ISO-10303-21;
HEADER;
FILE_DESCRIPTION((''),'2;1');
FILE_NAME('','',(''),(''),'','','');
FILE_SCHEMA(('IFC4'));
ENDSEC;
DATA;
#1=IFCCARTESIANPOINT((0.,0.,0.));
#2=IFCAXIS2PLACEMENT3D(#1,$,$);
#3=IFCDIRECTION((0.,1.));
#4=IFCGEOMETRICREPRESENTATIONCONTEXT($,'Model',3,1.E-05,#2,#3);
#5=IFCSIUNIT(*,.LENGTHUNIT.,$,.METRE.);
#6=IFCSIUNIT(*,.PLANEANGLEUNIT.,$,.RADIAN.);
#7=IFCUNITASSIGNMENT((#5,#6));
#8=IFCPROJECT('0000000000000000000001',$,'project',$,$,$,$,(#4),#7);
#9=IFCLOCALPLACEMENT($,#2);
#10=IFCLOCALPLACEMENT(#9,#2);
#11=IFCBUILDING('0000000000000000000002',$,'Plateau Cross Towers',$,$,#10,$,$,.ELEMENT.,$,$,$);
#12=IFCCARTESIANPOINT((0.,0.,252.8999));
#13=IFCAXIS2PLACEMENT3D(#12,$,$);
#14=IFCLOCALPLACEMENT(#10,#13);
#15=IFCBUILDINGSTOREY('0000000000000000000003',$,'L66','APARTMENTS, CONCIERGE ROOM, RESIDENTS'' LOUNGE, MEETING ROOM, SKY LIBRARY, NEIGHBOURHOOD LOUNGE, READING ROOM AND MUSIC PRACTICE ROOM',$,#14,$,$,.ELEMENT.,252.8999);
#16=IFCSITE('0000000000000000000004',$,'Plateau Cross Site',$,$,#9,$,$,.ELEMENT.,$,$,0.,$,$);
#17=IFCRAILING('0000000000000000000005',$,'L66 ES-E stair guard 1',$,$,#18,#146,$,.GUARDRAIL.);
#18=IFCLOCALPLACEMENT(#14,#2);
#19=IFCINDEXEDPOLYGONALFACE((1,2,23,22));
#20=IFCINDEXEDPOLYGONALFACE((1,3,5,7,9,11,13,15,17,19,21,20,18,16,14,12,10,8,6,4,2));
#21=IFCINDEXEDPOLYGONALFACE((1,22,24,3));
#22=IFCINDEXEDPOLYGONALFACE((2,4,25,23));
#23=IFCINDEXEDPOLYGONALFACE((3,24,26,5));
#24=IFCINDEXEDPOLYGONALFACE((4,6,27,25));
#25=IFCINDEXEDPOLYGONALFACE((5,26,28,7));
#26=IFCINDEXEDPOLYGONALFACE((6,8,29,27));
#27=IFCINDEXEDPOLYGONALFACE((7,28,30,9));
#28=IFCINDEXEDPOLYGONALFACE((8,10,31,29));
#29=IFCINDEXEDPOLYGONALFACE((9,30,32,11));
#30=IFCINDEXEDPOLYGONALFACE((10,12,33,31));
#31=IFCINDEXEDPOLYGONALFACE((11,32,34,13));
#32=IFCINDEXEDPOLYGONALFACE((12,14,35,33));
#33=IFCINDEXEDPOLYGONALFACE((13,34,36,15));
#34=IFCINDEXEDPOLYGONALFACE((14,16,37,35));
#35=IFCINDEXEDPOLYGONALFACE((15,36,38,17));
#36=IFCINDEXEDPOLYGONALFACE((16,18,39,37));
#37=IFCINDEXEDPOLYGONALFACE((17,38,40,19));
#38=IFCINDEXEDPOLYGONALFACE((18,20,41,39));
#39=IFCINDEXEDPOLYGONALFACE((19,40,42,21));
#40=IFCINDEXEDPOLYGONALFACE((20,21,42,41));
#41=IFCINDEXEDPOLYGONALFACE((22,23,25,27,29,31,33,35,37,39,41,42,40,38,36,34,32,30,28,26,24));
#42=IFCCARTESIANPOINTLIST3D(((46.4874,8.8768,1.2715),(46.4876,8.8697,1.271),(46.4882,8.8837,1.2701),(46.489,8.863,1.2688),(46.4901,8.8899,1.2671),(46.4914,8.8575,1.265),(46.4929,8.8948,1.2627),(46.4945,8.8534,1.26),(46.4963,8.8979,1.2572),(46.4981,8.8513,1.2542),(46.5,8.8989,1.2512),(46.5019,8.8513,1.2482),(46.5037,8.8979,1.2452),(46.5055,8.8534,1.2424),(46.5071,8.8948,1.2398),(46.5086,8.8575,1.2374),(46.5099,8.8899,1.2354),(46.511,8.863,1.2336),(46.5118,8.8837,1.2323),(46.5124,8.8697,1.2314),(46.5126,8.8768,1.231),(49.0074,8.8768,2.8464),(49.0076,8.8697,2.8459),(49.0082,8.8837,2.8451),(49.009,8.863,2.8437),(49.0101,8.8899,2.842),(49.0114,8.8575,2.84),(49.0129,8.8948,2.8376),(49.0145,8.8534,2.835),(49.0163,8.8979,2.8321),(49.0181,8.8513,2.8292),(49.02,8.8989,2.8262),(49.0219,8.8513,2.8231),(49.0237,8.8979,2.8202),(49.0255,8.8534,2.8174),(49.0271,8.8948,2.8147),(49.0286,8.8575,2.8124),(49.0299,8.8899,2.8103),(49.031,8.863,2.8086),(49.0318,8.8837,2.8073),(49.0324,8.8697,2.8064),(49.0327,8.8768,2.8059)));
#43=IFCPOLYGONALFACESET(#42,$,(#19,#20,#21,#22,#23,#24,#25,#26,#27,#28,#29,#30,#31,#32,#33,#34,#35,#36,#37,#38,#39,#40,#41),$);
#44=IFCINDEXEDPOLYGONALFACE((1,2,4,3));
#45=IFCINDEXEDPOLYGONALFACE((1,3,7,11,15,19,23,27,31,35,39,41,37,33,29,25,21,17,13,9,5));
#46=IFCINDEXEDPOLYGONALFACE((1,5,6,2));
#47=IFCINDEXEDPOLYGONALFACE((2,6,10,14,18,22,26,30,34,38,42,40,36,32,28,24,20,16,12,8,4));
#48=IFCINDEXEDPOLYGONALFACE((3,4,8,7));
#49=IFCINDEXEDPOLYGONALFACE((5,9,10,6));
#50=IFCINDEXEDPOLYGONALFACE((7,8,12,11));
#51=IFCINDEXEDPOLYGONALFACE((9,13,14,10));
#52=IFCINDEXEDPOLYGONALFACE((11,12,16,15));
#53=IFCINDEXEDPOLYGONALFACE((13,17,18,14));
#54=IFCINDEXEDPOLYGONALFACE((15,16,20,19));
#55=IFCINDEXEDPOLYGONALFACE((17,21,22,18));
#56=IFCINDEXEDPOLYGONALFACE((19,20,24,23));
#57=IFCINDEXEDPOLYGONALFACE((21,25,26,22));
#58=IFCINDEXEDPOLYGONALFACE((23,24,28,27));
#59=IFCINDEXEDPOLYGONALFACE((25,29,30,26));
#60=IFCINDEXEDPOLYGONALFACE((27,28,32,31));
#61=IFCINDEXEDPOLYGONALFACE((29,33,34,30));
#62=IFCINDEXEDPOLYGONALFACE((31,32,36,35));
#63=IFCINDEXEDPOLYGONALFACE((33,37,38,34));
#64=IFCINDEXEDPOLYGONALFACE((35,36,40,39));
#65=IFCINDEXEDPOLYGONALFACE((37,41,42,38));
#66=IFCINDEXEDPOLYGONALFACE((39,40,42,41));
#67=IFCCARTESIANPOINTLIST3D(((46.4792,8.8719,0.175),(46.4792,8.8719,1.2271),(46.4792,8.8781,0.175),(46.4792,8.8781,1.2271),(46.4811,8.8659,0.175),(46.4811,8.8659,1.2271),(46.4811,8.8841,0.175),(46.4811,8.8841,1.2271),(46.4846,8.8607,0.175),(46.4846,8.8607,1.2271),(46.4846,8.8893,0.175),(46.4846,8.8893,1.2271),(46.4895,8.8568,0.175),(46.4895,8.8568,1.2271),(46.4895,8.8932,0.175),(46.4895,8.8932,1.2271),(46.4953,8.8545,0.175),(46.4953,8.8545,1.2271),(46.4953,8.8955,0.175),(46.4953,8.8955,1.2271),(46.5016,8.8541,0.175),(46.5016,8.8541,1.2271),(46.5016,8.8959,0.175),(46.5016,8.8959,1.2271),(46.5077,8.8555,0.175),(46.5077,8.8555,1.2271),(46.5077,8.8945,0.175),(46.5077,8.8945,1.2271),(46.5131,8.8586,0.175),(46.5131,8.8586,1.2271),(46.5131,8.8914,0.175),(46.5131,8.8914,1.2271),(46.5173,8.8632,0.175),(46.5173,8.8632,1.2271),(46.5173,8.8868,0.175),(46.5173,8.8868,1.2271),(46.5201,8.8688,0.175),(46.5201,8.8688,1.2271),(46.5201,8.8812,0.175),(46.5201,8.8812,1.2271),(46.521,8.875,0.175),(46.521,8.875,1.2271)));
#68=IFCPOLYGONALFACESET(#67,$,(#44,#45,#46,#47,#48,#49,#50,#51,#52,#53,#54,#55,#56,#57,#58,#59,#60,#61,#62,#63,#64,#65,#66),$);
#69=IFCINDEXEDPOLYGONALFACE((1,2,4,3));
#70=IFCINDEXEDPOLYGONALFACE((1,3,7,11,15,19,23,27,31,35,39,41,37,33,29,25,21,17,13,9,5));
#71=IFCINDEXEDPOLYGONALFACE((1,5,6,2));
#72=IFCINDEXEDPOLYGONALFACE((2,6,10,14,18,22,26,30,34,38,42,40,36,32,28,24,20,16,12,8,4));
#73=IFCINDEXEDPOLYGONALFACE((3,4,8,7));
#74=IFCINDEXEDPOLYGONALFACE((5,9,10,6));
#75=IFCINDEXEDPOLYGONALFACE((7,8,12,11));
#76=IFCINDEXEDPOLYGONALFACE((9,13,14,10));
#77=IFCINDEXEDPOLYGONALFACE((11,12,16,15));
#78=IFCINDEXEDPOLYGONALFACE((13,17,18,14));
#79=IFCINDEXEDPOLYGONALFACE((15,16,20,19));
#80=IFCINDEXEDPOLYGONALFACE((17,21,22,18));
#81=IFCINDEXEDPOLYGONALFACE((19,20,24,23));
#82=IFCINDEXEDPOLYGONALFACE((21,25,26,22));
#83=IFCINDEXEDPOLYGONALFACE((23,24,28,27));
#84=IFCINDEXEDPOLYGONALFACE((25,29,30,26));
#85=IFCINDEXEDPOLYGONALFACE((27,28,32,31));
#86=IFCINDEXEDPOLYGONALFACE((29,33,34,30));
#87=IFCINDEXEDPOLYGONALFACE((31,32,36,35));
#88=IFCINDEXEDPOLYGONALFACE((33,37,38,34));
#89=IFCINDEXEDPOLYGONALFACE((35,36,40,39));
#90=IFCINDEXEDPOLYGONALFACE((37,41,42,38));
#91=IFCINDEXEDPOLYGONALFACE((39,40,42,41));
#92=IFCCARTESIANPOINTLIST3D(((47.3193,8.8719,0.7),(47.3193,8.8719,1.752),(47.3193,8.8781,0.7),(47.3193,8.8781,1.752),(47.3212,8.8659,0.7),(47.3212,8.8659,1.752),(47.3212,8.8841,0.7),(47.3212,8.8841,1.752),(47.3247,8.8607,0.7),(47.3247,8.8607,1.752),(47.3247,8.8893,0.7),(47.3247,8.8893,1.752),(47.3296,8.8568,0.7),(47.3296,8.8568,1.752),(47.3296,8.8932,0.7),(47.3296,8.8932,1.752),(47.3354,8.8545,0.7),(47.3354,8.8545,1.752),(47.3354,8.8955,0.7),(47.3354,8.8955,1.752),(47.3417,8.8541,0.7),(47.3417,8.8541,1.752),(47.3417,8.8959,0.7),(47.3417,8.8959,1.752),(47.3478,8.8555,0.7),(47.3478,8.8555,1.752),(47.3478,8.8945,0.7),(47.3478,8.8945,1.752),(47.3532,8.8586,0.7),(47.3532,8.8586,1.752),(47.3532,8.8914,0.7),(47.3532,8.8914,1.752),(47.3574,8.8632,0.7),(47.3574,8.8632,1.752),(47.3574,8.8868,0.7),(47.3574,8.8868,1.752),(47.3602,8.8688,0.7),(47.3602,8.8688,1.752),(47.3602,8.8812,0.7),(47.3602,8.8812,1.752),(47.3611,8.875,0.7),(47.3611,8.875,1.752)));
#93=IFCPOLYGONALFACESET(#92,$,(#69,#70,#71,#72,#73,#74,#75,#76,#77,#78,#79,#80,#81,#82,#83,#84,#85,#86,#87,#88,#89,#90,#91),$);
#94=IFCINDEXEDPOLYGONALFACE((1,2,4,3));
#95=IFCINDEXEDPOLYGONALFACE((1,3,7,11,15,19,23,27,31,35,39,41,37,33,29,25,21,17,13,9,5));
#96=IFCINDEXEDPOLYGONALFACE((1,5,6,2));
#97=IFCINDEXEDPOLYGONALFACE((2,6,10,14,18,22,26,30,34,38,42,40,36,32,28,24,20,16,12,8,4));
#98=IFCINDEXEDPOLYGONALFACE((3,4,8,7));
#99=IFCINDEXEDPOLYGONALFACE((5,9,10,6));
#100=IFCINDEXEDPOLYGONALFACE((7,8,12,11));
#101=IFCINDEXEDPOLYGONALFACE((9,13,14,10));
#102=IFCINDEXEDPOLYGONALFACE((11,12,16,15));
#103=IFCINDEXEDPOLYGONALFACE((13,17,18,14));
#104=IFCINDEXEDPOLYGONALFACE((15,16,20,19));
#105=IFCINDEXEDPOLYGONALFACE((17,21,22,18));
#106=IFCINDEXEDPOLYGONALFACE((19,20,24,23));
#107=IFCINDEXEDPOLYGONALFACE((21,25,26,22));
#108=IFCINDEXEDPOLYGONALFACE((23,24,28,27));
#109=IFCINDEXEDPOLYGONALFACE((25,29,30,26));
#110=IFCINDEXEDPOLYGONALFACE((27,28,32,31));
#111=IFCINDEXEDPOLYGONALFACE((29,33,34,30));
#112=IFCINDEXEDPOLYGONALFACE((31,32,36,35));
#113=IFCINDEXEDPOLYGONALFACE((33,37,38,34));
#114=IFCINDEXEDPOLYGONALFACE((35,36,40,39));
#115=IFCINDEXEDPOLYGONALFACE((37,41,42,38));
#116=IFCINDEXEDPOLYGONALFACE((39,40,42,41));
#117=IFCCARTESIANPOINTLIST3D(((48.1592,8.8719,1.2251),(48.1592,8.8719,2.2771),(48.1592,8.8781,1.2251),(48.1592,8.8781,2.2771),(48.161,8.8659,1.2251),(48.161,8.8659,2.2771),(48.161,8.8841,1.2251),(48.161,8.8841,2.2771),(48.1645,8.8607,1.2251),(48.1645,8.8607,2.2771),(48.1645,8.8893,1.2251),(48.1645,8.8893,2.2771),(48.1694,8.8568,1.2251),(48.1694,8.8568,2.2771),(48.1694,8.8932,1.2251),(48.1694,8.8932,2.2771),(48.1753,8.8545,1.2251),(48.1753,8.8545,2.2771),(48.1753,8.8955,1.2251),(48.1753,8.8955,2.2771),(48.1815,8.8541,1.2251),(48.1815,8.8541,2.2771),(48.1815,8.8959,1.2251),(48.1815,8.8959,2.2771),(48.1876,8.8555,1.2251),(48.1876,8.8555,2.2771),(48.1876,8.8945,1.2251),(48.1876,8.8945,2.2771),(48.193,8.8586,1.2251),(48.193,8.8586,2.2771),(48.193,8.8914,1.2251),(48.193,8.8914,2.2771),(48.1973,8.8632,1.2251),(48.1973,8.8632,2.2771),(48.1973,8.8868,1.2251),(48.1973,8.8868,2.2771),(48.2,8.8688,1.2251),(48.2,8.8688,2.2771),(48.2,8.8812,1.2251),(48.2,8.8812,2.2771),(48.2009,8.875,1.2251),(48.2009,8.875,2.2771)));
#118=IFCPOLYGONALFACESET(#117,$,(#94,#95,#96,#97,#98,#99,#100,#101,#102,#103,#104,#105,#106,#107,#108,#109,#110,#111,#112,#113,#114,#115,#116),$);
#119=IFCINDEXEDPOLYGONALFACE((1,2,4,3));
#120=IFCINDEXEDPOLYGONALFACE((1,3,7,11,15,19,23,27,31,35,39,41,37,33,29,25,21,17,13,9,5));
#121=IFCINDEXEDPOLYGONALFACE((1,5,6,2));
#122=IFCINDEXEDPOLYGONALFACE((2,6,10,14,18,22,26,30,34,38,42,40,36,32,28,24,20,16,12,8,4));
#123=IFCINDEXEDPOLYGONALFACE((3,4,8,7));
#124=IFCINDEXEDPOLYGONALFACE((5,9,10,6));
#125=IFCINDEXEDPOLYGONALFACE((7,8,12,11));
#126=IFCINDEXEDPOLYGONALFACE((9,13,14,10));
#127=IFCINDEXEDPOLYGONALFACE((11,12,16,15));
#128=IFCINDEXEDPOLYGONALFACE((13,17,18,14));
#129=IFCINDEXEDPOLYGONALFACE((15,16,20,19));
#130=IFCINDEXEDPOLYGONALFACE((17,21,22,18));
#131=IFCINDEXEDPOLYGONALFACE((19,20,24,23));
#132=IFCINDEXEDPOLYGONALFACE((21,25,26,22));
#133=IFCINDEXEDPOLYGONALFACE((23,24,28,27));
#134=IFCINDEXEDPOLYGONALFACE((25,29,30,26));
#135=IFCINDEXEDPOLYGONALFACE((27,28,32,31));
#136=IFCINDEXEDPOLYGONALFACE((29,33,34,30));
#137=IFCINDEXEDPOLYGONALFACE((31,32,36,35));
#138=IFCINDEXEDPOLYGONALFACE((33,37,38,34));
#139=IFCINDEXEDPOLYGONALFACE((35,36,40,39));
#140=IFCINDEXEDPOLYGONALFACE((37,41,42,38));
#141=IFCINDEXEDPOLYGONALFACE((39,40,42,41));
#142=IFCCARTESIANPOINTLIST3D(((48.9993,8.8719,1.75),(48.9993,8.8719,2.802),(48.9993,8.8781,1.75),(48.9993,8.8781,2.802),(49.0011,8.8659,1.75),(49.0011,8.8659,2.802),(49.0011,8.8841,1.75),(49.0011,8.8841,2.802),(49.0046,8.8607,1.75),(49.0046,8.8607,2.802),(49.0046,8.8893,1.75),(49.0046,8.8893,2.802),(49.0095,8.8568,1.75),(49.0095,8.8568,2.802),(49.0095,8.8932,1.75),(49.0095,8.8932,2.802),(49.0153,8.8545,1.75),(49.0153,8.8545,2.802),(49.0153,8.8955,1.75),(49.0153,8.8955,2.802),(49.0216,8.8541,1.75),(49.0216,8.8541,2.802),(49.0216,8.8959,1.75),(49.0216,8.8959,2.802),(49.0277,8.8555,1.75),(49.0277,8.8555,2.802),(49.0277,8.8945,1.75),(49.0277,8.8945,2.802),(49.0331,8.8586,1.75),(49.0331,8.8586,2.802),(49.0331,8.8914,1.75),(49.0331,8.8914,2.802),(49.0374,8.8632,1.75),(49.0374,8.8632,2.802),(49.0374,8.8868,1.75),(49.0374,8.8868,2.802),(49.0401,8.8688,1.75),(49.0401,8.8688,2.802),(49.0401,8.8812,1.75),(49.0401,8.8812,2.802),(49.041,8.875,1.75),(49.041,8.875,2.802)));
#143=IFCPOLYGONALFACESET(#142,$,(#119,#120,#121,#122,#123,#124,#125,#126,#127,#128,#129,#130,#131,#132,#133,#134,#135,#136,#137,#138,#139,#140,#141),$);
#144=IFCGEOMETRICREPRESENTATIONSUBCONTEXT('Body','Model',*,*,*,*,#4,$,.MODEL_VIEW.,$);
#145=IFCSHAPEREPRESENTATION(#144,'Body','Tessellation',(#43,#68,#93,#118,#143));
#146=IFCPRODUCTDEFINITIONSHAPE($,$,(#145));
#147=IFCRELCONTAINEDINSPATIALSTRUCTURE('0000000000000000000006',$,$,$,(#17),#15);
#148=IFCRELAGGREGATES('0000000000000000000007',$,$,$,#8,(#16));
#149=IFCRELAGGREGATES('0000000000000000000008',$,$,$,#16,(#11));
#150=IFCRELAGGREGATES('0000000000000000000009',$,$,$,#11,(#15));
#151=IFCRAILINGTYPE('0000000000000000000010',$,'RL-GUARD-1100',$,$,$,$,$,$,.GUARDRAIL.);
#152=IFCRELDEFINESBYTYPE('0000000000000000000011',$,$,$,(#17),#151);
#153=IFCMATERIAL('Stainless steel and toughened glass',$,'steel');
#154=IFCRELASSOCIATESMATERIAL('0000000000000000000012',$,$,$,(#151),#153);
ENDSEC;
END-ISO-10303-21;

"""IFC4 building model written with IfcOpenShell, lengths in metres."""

from ifc_helpers import new_model, si_unit, direction, frame, origin, origin_2d, place, context, subcontext, project, spatial, circle, extrude, material, type_object, element, save


model = new_model("IFC4")

# Units and contexts
model_context = context("Model", 3, precision=1e-05, world=origin(), true_north=direction((0.0, 1.0)))
body_context = subcontext(model_context, "Body", "Model", "MODEL_VIEW")
ifc_project = project(units=[si_unit("LENGTHUNIT", "METRE"), si_unit("PLANEANGLEUNIT", "RADIAN")], contexts=[model_context])

# Site, building, storey
site_placement = place(None, origin())
site = spatial("IfcSite", under=ifc_project, at=site_placement, Name="Plateau Cross Site", CompositionType="ELEMENT", RefElevation=0.0)
building_placement = place(site_placement, origin())
building = spatial("IfcBuilding", under=site, at=building_placement, Name="Plateau Cross Towers", CompositionType="ELEMENT")
storey_placement = place(building_placement, frame((0.0, 0.0, 252.8999)))
storey = spatial("IfcBuildingStorey", under=building, at=storey_placement, Name="L66", Description="APARTMENTS, CONCIERGE ROOM, RESIDENTS' LOUNGE, MEETING ROOM, SKY LIBRARY, NEIGHBOURHOOD LOUNGE, READING ROOM AND MUSIC PRACTICE ROOM", CompositionType="ELEMENT", Elevation=252.8999)

# Railing
ifc_material_1 = material(Name="Stainless steel and toughened glass", Category="steel")
railing_type_1 = type_object("IfcRailingType", Name="RL-GUARD-1100", PredefinedType="GUARDRAIL", material=ifc_material_1)
railing_1_placement = place(storey_placement, frame((46.5, 8.875, 0.175)))
element("IfcRailing", 1, at=railing_1_placement, inside=storey, type_object=railing_type_1, Name="L66 ES-E stair guard 1", PredefinedType="GUARDRAIL", context=body_context, shape_type="SweptSolid", body=[
    extrude(circle(Radius=0.0239, at=origin_2d()), frame((0.0, 0.0, 1.0762), z_axis=(0.848008, 0.0, 0.529984), x_axis=(0.0, 1.0, 0.0)), (0.0, 0.0, 1.0), 2.9717),
    extrude(circle(Radius=0.021, at=origin_2d()), origin(), (0.0, 0.0, 1.0), 1.052),
    extrude(circle(Radius=0.021, at=origin_2d()), frame((0.8401, 0.0, 0.5249)), (0.0, 0.0, 1.0), 1.052),
    extrude(circle(Radius=0.021, at=origin_2d()), frame((1.6799, 0.0, 1.05)), (0.0, 0.0, 1.0), 1.052),
    extrude(circle(Radius=0.021, at=origin_2d()), frame((2.52, 0.0, 1.575)), (0.0, 0.0, 1.0), 1.052),
])

save(model, "model.ifc")
